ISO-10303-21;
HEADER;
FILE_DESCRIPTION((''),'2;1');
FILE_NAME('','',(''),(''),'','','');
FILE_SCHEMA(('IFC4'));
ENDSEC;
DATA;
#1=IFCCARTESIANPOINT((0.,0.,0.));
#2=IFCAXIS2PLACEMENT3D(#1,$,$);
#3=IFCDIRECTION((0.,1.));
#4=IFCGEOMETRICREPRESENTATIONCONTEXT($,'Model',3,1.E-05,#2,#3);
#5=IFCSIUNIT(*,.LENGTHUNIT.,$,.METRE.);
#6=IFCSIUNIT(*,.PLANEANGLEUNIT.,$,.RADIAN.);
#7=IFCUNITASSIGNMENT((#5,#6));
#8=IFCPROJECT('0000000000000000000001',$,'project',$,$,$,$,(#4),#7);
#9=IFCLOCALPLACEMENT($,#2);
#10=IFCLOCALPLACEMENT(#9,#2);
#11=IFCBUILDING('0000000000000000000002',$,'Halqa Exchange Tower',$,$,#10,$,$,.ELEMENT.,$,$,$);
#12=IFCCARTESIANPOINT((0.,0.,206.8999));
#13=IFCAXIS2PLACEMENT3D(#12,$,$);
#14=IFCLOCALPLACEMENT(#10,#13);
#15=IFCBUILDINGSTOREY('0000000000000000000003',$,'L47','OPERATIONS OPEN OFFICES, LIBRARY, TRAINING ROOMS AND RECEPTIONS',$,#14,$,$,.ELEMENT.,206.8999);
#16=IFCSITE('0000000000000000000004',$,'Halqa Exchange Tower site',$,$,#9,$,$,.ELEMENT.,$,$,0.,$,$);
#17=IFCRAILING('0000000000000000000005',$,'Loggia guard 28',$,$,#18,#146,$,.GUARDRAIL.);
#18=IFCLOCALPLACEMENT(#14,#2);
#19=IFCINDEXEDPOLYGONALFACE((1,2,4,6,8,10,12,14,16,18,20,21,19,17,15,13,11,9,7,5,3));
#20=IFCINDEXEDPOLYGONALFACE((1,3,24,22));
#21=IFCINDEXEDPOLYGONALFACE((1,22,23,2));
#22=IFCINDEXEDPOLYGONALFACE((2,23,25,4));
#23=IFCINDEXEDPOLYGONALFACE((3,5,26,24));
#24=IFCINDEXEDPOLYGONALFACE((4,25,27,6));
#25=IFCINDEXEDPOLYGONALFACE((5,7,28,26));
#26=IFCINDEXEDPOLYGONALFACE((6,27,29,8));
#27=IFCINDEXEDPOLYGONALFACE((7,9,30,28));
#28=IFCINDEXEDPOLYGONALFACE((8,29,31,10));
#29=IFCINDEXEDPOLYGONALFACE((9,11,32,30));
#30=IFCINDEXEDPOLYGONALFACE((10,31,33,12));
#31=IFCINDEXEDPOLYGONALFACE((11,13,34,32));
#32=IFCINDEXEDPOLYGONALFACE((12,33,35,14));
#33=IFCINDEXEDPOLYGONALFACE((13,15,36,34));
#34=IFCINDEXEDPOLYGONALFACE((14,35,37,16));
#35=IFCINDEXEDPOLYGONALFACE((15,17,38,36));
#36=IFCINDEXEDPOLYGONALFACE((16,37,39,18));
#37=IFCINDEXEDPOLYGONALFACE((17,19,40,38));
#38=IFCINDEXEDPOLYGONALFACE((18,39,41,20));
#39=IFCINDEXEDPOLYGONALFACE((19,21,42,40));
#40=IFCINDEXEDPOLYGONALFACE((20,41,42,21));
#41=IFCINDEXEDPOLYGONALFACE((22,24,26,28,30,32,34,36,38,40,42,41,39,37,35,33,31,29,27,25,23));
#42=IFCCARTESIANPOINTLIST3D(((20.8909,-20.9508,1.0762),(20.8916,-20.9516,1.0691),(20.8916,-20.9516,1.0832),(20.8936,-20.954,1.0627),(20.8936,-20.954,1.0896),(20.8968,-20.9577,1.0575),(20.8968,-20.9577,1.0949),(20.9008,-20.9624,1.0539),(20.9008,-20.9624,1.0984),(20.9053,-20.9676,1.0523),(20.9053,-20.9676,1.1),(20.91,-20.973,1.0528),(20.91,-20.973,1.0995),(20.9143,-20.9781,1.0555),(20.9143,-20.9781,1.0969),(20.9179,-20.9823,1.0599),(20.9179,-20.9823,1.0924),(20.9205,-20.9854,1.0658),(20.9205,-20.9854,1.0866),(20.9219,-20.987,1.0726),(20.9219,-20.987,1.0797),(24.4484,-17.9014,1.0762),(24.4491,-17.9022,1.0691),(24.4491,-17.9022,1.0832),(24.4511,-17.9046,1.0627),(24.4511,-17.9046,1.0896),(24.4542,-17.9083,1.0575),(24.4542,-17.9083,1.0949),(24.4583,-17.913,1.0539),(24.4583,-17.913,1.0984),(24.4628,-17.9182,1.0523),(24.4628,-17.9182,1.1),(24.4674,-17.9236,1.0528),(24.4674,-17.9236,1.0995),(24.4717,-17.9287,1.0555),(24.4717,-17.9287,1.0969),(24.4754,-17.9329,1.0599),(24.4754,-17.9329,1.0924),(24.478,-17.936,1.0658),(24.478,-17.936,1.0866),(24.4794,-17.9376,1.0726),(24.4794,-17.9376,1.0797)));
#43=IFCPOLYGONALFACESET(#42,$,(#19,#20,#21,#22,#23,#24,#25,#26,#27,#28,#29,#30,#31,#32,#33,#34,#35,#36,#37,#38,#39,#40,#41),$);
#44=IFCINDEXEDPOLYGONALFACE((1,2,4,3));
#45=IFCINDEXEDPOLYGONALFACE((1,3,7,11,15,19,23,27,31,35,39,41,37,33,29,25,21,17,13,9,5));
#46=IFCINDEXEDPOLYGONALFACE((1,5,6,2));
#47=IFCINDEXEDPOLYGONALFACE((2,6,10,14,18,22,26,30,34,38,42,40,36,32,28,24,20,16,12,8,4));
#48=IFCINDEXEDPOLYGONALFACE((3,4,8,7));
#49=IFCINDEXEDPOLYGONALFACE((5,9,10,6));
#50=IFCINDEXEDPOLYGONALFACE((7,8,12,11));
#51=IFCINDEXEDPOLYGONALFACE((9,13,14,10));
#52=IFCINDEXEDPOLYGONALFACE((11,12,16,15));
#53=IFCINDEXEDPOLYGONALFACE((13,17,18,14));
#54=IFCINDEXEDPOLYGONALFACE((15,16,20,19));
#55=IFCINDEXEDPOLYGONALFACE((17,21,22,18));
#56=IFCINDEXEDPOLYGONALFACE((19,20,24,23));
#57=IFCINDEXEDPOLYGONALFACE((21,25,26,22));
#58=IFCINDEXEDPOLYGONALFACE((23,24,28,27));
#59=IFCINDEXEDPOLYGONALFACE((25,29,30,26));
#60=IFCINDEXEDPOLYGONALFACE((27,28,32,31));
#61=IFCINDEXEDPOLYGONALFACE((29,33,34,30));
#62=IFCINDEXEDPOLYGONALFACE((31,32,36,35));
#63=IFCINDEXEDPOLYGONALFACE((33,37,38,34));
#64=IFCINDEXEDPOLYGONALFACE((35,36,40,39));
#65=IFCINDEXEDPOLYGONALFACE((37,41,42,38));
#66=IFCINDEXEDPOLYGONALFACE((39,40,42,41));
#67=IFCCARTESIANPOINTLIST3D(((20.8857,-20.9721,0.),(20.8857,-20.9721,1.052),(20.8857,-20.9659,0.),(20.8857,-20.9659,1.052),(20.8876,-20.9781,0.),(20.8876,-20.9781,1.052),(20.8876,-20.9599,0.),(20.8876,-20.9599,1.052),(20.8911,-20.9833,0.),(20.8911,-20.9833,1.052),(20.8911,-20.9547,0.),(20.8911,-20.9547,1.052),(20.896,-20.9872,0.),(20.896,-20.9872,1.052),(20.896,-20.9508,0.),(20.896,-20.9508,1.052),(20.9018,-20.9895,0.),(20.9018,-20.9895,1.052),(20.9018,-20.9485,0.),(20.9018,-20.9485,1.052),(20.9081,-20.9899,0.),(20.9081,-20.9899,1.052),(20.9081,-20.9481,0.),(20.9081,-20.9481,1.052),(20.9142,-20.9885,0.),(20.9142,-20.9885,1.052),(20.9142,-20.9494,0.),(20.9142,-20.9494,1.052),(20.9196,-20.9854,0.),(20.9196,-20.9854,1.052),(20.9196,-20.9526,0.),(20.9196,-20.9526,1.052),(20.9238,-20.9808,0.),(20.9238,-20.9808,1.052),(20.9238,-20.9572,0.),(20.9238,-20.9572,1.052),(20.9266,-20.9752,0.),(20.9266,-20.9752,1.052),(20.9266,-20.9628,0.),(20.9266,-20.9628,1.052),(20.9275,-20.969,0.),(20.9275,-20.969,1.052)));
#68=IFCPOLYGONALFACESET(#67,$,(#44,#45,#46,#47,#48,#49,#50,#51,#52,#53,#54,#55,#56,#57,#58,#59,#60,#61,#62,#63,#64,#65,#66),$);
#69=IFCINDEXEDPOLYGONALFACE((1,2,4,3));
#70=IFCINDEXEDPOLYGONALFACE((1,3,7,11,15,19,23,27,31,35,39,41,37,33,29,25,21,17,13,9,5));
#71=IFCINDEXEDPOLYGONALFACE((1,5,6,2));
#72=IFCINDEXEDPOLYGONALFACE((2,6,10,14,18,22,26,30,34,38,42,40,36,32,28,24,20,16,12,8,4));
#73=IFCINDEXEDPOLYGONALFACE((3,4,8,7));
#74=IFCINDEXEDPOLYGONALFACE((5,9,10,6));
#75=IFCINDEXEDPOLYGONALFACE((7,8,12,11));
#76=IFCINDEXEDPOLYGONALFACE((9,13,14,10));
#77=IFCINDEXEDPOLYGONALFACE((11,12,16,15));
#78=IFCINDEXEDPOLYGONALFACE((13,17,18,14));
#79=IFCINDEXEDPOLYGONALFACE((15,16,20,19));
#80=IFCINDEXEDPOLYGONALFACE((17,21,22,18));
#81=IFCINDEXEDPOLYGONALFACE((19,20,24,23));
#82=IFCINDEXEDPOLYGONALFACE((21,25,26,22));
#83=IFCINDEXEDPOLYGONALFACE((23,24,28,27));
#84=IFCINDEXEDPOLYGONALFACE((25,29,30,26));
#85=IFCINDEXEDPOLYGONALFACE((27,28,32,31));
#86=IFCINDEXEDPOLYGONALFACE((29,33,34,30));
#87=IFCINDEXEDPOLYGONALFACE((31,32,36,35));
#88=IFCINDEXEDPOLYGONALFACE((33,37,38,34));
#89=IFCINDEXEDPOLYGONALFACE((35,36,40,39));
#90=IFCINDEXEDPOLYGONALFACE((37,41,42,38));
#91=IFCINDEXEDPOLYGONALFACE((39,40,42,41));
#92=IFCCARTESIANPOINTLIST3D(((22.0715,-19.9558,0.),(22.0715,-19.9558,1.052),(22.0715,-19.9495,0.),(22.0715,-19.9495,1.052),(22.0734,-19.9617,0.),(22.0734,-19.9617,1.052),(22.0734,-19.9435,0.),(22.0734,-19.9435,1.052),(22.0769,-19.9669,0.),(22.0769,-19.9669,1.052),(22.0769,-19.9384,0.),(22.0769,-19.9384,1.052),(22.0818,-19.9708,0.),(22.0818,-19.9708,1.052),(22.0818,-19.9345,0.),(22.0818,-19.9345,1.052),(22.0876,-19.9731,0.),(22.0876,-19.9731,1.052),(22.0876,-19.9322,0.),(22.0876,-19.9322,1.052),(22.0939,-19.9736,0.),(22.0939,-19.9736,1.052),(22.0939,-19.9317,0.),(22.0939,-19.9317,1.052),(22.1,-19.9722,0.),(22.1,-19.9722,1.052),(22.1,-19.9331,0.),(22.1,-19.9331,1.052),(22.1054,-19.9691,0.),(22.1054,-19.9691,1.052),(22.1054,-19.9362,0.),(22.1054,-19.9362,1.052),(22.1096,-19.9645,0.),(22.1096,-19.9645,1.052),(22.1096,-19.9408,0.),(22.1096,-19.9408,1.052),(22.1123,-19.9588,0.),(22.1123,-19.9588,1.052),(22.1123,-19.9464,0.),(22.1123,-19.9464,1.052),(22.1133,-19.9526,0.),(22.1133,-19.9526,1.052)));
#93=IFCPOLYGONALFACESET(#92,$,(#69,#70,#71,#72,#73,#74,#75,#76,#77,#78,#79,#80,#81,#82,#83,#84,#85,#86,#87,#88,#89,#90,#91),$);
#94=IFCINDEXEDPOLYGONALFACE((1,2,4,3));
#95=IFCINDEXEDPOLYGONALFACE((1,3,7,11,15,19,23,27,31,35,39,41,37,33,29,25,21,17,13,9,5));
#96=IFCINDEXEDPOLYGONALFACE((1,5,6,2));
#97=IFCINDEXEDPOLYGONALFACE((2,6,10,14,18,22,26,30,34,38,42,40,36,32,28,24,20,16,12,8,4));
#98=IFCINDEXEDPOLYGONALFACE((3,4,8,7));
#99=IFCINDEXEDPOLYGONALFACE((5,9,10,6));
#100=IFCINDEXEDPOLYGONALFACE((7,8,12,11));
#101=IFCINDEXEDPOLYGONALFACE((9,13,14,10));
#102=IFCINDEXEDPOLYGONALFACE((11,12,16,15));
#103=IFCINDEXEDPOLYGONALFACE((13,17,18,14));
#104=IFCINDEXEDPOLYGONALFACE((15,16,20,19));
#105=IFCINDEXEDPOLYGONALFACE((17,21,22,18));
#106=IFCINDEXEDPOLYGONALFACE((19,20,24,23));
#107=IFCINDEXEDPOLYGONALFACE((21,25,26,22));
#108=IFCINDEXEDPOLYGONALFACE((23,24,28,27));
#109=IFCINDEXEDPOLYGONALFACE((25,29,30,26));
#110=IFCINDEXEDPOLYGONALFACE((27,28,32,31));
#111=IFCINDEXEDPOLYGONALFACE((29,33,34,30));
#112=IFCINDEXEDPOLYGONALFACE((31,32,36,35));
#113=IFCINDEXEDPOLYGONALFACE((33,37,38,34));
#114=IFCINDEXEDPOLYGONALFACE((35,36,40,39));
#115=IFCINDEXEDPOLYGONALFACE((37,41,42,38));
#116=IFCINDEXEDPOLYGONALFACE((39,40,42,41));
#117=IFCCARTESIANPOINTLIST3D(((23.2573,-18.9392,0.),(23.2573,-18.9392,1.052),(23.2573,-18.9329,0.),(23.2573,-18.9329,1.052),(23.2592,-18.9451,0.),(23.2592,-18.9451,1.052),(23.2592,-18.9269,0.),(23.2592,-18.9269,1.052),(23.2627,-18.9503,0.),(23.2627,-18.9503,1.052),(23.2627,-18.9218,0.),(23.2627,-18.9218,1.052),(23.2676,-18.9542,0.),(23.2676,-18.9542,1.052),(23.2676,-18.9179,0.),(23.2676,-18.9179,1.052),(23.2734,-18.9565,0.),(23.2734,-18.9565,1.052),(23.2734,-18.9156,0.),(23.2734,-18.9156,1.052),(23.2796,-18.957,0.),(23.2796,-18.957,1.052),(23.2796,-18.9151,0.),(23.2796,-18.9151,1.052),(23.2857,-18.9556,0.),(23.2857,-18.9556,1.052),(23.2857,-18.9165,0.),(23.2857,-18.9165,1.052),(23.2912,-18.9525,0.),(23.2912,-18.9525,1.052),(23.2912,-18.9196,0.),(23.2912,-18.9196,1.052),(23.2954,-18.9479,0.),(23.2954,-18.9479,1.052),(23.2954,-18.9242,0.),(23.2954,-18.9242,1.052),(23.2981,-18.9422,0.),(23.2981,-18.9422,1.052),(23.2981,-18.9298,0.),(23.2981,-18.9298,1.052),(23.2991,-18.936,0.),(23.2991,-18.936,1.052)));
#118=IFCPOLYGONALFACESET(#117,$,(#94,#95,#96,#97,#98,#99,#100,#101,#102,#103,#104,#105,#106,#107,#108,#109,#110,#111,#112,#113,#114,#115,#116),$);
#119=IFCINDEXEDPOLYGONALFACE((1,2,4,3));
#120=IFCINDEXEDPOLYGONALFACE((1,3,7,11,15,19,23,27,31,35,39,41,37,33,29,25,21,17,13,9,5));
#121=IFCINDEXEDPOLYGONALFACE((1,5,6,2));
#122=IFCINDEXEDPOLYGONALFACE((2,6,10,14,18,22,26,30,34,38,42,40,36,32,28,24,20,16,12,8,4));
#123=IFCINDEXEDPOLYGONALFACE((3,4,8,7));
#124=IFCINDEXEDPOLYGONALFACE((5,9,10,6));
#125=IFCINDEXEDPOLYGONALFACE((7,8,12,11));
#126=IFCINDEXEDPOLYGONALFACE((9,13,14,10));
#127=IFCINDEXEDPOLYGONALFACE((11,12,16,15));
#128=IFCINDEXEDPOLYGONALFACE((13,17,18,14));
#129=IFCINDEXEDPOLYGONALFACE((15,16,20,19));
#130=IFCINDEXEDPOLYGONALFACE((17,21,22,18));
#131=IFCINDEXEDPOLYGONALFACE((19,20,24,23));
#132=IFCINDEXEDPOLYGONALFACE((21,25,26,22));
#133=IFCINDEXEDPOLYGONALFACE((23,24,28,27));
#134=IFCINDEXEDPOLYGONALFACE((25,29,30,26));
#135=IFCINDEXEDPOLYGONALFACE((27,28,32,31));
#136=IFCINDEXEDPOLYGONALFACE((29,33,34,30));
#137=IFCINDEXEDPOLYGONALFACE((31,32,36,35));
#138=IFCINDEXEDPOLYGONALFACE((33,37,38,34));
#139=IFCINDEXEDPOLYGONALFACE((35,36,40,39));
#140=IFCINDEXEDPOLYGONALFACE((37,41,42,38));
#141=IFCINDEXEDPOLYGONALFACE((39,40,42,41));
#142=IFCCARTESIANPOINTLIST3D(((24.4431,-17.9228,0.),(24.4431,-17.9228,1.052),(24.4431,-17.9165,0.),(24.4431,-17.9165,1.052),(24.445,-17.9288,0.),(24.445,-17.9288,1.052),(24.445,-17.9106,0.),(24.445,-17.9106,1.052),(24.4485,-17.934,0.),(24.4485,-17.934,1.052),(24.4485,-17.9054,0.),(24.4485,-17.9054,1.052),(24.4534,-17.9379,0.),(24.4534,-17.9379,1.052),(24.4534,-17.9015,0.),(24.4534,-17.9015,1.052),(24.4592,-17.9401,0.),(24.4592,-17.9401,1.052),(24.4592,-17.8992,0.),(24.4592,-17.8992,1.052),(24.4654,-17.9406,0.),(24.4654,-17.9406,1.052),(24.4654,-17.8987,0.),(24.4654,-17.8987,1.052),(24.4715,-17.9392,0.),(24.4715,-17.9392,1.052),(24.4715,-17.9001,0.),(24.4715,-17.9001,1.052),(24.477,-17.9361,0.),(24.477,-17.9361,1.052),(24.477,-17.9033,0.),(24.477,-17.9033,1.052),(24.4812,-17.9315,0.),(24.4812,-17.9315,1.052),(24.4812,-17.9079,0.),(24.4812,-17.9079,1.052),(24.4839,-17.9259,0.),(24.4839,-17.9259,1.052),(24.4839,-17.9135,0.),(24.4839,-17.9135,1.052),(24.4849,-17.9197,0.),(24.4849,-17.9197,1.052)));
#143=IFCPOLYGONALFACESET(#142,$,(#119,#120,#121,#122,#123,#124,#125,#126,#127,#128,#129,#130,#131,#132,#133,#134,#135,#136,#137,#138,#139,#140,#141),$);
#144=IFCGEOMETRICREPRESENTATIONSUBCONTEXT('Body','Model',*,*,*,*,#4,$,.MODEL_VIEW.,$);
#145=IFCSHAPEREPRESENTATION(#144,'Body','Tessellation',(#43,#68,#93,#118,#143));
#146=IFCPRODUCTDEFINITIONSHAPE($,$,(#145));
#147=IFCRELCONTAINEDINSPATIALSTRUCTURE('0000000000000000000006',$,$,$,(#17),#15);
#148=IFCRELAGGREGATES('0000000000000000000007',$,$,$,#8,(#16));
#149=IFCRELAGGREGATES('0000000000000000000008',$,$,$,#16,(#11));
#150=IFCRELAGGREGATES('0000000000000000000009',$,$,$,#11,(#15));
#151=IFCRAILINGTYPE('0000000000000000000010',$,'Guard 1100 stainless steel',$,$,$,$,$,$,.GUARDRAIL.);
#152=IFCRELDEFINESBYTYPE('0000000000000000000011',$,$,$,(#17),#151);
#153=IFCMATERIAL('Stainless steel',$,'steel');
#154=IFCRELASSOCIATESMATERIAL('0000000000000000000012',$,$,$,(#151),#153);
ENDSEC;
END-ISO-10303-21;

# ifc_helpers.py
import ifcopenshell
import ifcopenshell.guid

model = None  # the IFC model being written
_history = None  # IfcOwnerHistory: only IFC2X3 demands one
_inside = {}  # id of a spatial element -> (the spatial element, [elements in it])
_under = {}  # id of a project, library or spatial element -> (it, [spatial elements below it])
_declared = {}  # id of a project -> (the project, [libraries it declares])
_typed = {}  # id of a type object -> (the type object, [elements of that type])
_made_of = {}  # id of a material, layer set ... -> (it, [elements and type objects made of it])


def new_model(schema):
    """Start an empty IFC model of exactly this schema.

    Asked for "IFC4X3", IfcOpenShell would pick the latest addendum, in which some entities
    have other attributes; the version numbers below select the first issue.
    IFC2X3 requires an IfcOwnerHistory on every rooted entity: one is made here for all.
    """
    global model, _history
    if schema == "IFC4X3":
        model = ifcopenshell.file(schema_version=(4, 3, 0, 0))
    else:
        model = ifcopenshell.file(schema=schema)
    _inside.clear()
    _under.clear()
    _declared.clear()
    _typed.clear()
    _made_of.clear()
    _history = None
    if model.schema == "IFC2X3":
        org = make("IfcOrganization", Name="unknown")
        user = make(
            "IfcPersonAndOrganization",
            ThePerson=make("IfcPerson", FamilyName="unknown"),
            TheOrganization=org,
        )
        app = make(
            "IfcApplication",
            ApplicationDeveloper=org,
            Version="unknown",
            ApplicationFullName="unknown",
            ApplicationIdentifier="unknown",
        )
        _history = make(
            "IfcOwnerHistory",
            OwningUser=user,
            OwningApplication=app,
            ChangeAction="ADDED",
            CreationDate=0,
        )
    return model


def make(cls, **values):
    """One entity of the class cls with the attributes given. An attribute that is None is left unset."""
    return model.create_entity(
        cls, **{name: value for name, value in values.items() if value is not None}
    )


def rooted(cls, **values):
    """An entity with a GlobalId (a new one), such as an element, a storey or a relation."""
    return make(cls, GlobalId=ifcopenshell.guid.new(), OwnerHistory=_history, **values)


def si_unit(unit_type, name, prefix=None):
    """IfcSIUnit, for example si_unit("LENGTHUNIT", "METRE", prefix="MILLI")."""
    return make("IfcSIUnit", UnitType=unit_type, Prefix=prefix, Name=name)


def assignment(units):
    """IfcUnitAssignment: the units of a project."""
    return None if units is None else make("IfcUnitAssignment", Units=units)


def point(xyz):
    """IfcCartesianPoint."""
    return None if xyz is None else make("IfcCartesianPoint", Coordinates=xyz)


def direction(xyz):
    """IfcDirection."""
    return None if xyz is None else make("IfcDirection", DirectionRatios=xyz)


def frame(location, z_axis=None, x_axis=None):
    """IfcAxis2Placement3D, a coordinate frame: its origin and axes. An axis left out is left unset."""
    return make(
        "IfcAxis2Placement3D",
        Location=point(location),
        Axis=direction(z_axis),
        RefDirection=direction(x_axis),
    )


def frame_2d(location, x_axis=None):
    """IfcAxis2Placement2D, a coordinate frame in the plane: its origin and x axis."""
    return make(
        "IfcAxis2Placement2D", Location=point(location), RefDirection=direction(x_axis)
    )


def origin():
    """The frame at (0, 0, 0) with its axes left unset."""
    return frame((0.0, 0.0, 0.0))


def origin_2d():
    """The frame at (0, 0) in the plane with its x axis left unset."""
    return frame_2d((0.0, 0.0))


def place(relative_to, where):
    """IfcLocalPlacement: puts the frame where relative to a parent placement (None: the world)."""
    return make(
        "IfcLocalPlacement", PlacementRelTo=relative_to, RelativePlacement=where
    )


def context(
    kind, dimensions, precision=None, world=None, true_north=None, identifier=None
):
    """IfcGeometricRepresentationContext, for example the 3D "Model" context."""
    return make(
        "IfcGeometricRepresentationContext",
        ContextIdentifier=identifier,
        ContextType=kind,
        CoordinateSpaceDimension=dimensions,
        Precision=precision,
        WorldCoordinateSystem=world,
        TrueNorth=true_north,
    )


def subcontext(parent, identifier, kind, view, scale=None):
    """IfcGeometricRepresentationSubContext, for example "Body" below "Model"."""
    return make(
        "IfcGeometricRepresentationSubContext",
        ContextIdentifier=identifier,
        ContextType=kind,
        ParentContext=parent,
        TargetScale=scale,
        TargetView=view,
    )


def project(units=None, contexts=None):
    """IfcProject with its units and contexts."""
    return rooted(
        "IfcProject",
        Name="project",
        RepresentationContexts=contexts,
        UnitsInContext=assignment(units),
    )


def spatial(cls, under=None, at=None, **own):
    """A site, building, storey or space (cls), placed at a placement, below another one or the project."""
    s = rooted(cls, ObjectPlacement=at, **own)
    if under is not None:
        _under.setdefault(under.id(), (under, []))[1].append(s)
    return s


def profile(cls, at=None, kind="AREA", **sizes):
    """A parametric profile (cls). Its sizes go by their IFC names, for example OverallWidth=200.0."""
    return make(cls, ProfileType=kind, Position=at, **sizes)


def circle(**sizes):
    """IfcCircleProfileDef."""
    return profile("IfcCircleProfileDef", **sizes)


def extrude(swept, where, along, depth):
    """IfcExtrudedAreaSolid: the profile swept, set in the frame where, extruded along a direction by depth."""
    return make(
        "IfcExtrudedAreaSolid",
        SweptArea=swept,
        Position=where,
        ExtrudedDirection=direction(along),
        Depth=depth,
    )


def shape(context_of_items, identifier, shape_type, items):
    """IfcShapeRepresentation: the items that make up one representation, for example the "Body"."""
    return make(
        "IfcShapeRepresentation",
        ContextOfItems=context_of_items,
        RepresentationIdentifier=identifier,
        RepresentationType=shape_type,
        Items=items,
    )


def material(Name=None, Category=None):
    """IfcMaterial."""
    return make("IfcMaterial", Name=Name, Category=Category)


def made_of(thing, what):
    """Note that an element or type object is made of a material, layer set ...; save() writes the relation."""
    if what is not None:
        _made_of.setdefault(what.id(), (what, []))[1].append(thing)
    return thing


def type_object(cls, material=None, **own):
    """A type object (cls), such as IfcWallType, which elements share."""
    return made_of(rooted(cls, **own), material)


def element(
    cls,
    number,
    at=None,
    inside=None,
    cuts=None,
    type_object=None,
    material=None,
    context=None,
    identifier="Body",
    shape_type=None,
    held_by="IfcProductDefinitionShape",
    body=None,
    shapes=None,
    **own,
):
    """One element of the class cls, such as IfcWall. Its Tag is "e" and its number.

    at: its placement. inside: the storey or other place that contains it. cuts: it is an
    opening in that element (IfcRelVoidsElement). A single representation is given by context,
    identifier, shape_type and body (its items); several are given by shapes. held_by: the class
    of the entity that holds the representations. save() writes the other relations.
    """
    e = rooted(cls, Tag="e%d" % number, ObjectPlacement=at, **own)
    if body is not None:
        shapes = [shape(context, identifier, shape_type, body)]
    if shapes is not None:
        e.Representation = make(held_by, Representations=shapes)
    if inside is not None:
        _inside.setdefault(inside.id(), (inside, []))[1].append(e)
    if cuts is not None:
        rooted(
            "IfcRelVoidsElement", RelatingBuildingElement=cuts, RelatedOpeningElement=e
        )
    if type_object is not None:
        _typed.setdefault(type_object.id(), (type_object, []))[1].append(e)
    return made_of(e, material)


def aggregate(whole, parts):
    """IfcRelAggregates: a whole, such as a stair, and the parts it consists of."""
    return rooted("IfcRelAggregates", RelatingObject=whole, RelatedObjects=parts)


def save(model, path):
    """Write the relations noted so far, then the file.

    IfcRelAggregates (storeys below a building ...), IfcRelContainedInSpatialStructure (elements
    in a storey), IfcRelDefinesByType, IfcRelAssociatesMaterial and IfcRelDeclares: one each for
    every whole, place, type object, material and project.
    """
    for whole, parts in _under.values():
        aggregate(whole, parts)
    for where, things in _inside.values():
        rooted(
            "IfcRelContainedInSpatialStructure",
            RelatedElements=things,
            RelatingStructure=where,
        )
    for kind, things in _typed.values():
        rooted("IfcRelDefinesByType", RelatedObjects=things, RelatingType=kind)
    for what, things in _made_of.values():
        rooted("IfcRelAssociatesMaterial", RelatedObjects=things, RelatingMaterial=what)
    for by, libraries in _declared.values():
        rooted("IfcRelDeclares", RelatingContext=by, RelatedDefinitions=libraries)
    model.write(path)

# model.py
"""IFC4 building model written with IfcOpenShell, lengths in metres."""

from ifc_helpers import new_model, si_unit, direction, frame, origin, origin_2d, place, context, subcontext, project, spatial, circle, extrude, material, type_object, element, save


model = new_model("IFC4")

# Units and contexts
model_context = context("Model", 3, precision=1e-05, world=origin(), true_north=direction((0.0, 1.0)))
body_context = subcontext(model_context, "Body", "Model", "MODEL_VIEW")
ifc_project = project(units=[si_unit("LENGTHUNIT", "METRE"), si_unit("PLANEANGLEUNIT", "RADIAN")], contexts=[model_context])

# Site, building, storey
site_placement = place(None, origin())
site = spatial("IfcSite", under=ifc_project, at=site_placement, Name="Halqa Exchange Tower site", CompositionType="ELEMENT", RefElevation=0.0)
building_placement = place(site_placement, origin())
building = spatial("IfcBuilding", under=site, at=building_placement, Name="Halqa Exchange Tower", CompositionType="ELEMENT")
storey_placement = place(building_placement, frame((0.0, 0.0, 206.8999)))
storey = spatial("IfcBuildingStorey", under=building, at=storey_placement, Name="L47", Description="OPERATIONS OPEN OFFICES, LIBRARY, TRAINING ROOMS AND RECEPTIONS", CompositionType="ELEMENT", Elevation=206.8999)

# Railing
ifc_material_1 = material(Name="Stainless steel", Category="steel")
railing_type = type_object("IfcRailingType", Name="Guard 1100 stainless steel", PredefinedType="GUARDRAIL", material=ifc_material_1)
railing_1_placement = place(storey_placement, frame((20.9065, -20.969, 0.0)))
element("IfcRailing", 1, at=railing_1_placement, inside=storey, type_object=railing_type, Name="Loggia guard 28", PredefinedType="GUARDRAIL", context=body_context, shape_type="SweptSolid", body=[
    extrude(circle(Radius=0.0239, at=origin_2d()), frame((0.0, 0.0, 1.0762), z_axis=(0.759242, 0.650809, 0.0), x_axis=(-0.650809, 0.759242, 0.0)), (0.0, 0.0, 1.0), 4.6855),
    extrude(circle(Radius=0.021, at=origin_2d()), origin(), (0.0, 0.0, 1.0), 1.052),
    extrude(circle(Radius=0.021, at=origin_2d()), frame((1.1858, 1.0164, 0.0)), (0.0, 0.0, 1.0), 1.052),
    extrude(circle(Radius=0.021, at=origin_2d()), frame((2.3716, 2.033, 0.0)), (0.0, 0.0, 1.0), 1.052),
    extrude(circle(Radius=0.021, at=origin_2d()), frame((3.5574, 3.0493, 0.0)), (0.0, 0.0, 1.0), 1.052),
])

save(model, "model.ifc")
